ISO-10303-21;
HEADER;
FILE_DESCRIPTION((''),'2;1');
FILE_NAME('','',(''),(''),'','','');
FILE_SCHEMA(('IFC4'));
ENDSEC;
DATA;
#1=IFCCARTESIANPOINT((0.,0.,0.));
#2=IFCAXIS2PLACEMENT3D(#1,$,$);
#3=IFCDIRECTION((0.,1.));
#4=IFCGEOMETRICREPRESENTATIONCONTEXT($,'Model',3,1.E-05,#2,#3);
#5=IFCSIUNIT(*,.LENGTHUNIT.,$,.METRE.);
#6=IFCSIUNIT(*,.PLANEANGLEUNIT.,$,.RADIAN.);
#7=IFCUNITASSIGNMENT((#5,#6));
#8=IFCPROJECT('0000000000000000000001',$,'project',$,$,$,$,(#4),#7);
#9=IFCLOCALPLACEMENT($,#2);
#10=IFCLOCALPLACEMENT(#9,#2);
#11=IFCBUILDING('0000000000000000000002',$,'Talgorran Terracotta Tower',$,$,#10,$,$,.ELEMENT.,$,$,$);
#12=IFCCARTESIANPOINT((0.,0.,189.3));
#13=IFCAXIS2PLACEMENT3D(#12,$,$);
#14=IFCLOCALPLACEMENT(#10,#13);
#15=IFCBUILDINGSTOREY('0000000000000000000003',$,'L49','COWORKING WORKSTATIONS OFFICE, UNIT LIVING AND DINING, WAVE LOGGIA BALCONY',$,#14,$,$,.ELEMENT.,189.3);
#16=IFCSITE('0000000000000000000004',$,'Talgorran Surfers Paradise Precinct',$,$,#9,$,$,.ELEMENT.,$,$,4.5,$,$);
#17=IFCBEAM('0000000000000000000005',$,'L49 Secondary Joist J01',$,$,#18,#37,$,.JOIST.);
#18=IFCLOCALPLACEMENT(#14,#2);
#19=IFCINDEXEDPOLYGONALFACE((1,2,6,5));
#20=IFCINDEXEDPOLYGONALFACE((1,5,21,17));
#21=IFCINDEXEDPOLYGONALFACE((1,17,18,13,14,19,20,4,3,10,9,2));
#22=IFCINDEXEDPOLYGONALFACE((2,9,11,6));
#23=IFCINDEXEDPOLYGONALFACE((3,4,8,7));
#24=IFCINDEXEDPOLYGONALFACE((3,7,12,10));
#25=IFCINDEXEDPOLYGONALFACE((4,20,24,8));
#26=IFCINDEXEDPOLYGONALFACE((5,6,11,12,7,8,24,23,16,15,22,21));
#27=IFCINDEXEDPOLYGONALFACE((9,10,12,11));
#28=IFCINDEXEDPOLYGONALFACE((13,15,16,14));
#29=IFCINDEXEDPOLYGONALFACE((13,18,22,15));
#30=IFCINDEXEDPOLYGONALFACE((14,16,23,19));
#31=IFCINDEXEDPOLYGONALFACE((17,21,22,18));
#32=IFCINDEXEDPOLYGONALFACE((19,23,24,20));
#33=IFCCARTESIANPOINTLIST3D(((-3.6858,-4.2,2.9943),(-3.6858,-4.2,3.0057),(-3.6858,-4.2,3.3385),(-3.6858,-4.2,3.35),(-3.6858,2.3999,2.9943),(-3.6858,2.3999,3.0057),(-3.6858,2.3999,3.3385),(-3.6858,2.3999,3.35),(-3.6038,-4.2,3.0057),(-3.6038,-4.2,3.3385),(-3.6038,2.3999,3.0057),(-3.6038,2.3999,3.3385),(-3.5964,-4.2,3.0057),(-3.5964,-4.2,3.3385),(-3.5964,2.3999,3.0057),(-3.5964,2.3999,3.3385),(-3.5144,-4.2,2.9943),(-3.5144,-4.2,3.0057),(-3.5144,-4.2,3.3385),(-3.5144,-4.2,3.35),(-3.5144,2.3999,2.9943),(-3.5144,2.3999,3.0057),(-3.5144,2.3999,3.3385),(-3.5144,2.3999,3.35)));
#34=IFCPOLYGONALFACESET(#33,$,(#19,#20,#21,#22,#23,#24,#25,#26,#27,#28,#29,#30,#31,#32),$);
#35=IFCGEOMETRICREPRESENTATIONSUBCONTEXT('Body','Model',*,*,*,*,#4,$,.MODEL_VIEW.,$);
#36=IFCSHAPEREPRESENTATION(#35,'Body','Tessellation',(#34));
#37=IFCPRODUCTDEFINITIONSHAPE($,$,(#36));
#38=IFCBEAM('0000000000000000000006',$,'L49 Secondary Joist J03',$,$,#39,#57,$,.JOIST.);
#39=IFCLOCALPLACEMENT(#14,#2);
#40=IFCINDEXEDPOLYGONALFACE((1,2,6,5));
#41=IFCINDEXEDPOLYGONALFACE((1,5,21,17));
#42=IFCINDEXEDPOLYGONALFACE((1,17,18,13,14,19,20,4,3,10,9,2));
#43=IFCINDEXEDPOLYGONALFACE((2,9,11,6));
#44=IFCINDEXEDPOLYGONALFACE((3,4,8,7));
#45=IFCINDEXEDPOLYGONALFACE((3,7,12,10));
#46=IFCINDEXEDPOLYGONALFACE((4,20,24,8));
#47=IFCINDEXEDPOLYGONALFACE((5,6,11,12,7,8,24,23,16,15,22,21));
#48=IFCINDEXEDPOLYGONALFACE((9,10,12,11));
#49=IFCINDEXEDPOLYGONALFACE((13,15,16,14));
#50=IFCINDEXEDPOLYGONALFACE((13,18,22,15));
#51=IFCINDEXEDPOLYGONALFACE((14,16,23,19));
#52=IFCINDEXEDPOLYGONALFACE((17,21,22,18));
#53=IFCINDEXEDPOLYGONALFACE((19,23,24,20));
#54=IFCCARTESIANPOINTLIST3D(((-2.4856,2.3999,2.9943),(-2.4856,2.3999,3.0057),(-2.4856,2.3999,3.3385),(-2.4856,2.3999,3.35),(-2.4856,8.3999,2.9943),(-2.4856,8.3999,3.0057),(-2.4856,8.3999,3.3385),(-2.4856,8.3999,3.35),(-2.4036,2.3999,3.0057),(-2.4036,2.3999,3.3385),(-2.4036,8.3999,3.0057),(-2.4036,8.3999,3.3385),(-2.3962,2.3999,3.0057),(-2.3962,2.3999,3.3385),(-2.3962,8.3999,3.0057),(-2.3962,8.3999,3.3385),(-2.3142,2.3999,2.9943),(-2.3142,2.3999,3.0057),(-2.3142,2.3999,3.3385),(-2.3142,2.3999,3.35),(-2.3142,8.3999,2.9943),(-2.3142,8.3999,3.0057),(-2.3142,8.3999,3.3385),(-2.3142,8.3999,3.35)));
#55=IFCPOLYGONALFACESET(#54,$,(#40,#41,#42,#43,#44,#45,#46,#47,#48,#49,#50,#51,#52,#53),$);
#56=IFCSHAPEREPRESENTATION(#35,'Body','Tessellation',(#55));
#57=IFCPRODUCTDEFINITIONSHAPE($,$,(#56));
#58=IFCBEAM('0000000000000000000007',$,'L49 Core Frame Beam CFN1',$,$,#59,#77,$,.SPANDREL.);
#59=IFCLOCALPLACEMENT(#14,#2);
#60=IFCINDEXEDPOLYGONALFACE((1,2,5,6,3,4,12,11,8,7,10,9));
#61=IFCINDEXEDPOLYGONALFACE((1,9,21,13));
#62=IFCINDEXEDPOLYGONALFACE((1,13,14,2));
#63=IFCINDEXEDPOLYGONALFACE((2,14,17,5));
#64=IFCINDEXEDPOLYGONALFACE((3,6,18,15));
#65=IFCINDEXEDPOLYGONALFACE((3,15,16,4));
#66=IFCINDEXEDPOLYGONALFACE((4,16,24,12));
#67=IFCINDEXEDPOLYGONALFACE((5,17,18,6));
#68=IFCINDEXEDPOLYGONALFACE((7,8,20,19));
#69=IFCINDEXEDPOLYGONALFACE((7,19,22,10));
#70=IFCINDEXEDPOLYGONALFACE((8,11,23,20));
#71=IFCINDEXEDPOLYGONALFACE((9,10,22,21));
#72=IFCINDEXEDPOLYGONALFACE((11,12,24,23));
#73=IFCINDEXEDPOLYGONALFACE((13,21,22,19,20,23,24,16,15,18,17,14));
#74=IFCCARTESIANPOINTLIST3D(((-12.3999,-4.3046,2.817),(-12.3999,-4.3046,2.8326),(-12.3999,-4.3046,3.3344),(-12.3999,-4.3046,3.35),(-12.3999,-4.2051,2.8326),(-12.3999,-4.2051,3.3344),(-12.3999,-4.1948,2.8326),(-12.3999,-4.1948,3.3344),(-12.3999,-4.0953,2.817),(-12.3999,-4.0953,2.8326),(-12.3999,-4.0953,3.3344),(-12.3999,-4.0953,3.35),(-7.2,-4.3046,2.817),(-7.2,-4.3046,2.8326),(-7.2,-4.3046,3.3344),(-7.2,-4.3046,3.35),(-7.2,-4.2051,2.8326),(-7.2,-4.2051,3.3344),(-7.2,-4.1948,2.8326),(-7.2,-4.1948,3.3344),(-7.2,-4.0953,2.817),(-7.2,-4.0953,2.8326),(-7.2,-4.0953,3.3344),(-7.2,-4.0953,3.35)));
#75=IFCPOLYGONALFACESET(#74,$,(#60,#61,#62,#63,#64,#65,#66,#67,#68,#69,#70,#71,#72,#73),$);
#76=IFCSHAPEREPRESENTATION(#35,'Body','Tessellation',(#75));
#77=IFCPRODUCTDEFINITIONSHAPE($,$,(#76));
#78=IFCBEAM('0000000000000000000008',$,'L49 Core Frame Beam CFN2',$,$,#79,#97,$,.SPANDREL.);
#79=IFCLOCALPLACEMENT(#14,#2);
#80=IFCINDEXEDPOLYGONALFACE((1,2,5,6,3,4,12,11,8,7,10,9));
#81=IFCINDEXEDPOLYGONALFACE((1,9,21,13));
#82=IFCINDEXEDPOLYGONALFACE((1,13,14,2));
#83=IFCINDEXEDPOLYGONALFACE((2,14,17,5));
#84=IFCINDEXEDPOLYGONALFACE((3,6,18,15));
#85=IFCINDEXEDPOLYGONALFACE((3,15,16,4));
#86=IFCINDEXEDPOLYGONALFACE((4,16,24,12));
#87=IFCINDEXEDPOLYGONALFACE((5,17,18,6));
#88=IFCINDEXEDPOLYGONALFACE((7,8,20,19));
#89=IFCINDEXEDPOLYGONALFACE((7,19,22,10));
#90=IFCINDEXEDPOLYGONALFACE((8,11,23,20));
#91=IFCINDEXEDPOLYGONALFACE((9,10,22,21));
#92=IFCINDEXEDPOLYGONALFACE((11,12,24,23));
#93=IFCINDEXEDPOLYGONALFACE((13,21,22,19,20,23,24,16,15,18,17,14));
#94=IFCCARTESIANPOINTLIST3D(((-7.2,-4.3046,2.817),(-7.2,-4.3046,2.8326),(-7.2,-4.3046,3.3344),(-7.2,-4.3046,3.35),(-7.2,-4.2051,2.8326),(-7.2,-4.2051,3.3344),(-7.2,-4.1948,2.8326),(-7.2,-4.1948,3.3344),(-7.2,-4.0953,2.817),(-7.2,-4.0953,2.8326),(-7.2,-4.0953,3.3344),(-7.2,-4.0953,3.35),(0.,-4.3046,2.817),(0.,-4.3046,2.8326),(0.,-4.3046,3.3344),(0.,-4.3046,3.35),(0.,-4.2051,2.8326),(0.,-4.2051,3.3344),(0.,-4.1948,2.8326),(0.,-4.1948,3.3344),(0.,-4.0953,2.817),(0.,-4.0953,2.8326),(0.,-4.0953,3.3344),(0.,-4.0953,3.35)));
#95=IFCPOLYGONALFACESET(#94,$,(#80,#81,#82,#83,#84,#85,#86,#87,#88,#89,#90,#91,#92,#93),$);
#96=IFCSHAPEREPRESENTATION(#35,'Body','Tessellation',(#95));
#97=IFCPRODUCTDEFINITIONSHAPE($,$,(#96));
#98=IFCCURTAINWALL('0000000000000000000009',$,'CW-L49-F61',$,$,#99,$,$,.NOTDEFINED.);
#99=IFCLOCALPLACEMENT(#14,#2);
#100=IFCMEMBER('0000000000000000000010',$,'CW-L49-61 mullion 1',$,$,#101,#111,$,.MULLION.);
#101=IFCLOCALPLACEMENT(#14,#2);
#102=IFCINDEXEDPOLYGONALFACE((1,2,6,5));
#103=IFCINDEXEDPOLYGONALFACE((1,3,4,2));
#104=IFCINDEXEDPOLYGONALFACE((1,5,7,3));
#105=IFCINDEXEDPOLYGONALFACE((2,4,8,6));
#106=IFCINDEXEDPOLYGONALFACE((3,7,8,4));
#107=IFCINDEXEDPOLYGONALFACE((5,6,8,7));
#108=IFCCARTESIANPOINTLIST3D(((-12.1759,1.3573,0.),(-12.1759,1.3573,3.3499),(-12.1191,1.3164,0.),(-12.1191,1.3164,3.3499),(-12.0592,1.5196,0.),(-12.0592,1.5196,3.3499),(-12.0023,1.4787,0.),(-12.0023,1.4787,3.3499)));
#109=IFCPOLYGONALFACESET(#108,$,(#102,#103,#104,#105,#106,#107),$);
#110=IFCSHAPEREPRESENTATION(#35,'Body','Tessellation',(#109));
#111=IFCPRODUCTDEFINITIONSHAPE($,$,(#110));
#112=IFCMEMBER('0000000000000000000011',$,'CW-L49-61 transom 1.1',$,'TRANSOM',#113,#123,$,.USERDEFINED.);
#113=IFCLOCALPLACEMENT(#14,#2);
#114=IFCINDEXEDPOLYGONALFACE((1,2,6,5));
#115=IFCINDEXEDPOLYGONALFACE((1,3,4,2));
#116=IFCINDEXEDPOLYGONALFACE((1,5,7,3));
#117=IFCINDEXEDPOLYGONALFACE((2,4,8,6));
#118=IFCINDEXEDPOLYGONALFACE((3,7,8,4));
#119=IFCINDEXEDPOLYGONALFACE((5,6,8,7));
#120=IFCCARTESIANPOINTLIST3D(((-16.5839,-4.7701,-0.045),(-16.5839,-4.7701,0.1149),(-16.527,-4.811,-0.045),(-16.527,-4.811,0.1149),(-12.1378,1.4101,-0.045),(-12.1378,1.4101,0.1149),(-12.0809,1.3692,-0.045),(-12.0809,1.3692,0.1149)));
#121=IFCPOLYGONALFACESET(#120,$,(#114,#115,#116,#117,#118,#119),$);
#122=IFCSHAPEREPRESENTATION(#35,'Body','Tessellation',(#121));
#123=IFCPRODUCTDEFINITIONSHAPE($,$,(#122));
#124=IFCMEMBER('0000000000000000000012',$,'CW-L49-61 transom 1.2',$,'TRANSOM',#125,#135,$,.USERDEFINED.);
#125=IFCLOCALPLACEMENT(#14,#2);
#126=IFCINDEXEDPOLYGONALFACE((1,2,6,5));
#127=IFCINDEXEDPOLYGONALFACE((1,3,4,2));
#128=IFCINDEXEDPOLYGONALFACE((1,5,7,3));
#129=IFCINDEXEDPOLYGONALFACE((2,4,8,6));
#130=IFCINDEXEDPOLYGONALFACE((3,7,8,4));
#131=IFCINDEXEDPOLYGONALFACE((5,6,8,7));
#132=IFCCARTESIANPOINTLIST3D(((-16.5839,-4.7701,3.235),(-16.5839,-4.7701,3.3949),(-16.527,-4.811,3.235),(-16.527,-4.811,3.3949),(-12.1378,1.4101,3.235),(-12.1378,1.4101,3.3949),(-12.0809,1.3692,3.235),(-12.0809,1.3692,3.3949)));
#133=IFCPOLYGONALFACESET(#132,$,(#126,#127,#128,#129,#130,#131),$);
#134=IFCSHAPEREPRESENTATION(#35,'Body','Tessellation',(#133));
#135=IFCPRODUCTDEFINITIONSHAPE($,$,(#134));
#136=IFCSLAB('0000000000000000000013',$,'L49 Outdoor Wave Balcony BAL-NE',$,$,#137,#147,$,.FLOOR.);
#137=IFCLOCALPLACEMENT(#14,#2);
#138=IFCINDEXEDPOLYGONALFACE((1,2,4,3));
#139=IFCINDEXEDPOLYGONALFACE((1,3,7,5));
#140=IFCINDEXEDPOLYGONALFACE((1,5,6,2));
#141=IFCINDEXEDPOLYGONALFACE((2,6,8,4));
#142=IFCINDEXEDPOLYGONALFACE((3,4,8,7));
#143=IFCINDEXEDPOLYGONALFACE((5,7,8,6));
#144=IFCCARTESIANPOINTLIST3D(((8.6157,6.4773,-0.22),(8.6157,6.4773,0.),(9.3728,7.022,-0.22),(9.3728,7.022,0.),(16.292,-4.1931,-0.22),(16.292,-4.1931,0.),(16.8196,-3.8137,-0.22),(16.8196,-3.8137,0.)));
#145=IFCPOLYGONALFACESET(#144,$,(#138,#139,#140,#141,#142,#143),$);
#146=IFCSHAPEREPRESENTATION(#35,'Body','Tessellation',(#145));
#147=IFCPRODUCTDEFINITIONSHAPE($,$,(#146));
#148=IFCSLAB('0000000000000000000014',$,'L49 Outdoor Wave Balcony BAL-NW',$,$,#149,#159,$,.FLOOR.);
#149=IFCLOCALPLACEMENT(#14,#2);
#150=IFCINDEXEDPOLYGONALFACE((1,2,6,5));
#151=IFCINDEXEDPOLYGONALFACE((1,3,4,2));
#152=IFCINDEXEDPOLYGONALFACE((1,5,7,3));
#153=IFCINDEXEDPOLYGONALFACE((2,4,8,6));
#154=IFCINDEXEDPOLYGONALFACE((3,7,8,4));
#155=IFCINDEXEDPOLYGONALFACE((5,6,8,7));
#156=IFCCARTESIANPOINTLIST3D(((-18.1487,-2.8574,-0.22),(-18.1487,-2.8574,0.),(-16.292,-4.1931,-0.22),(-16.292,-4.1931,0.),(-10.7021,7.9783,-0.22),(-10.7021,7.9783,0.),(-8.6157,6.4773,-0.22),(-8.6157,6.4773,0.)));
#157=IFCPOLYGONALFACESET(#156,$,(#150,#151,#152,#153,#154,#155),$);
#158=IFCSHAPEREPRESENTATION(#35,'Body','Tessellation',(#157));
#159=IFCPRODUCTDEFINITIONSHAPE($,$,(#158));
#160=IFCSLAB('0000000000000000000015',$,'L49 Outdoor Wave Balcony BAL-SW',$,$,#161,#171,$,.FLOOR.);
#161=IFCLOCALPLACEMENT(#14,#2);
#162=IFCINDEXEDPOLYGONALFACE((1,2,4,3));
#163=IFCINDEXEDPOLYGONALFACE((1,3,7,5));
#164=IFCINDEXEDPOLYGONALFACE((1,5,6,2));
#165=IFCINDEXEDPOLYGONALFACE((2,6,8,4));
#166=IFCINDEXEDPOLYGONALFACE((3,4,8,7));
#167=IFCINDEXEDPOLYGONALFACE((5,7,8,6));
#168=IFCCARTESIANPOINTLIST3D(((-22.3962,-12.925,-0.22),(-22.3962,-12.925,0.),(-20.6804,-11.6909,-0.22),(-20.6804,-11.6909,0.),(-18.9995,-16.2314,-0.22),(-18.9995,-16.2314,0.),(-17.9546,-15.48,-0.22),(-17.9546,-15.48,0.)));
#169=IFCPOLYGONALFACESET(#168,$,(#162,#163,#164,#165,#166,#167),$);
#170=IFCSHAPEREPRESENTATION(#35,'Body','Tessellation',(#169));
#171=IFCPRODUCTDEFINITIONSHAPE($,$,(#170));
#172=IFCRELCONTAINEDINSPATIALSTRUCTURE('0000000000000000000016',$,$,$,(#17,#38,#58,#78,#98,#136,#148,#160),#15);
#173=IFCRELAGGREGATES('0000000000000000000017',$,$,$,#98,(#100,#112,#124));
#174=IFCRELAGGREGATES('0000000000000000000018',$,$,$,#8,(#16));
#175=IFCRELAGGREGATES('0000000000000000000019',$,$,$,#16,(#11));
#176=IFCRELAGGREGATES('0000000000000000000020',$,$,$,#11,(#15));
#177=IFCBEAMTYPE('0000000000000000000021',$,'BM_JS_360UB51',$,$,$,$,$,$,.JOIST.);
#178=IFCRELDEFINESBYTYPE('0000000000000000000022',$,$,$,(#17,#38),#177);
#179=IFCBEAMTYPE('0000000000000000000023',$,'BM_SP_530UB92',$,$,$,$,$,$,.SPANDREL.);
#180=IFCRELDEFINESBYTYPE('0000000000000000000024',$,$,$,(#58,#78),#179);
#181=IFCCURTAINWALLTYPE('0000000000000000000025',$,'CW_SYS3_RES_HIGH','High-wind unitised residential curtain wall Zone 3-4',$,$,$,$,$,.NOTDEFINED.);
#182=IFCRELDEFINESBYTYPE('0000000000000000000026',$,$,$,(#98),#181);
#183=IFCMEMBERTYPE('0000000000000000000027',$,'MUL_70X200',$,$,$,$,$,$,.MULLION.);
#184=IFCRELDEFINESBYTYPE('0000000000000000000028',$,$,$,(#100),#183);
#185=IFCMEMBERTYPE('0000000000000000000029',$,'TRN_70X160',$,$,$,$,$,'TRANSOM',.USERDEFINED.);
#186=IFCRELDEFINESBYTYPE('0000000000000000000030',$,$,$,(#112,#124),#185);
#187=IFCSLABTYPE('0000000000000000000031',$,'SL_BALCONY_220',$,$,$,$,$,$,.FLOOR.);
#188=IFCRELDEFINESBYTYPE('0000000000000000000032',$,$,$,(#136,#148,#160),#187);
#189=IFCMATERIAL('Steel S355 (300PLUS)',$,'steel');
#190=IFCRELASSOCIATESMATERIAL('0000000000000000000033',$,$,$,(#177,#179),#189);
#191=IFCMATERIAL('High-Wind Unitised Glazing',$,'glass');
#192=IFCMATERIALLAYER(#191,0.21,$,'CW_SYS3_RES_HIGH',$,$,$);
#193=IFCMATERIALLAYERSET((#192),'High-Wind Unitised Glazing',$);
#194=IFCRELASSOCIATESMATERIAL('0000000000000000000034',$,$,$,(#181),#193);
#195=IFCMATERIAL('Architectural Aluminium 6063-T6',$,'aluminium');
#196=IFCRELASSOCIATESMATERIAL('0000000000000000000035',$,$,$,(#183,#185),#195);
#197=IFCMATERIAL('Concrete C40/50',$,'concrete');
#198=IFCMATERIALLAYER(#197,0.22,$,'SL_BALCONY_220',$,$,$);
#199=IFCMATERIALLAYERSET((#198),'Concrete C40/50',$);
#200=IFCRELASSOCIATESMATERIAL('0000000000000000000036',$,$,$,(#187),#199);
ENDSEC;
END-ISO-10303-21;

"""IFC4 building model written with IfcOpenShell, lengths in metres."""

from ifc_helpers import new_model, si_unit, direction, frame, origin, origin_2d, place, context, subcontext, project, spatial, polyline, rectangle, i_section, outline, extrude, material, layer, layer_set, material_profile, profile_set, type_object, element, aggregate, save


model = new_model("IFC4")

# Units and contexts
model_context = context("Model", 3, precision=1e-05, world=origin(), true_north=direction((0.0, 1.0)))
body_context = subcontext(model_context, "Body", "Model", "MODEL_VIEW")
ifc_project = project(units=[si_unit("LENGTHUNIT", "METRE"), si_unit("PLANEANGLEUNIT", "RADIAN")], contexts=[model_context])

# Site, building, storey
site_placement = place(None, origin())
site = spatial("IfcSite", under=ifc_project, at=site_placement, Name="Talgorran Surfers Paradise Precinct", CompositionType="ELEMENT", RefElevation=4.5)
building_placement = place(site_placement, origin())
building = spatial("IfcBuilding", under=site, at=building_placement, Name="Talgorran Terracotta Tower", CompositionType="ELEMENT")
storey_placement = place(building_placement, frame((0.0, 0.0, 189.3)))
storey = spatial("IfcBuildingStorey", under=building, at=storey_placement, Name="L49", Description="COWORKING WORKSTATIONS OFFICE, UNIT LIVING AND DINING, WAVE LOGGIA BALCONY", CompositionType="ELEMENT", Elevation=189.3)

# Shared definitions
ifc_material_1 = material(Name="Steel S355 (300PLUS)", Category="steel")

# Beams
ifc_material_profile_1 = material_profile(ifc_material_1, i_section(OverallWidth=0.1714, OverallDepth=0.3557, WebThickness=0.0073, FlangeThickness=0.0115, at=origin_2d()), Name="360UB50.7")
ifc_profile_set_1 = profile_set([ifc_material_profile_1], Name="Steel S355 (300PLUS)")
beam_type_1 = type_object("IfcBeamType", Name="BM_JS_360UB51", PredefinedType="JOIST", material=ifc_profile_set_1)
beam_1_placement = place(storey_placement, frame((-3.6001, -4.2, 3.1721), z_axis=(0.0, 1.0, 0.0), x_axis=(-1.0, 0.0, 0.0)))
element("IfcBeam", 1, at=beam_1_placement, inside=storey, type_object=beam_type_1, Name="L49 Secondary Joist J01", PredefinedType="JOIST", context=body_context, shape_type="SweptSolid", body=[
    extrude(i_section(OverallWidth=0.1714, OverallDepth=0.3557, WebThickness=0.0073, FlangeThickness=0.0115, at=origin_2d()), origin(), (0.0, 0.0, 1.0), 6.5999),
])
beam_2_placement = place(storey_placement, frame((-2.3999, 2.3999, 3.1721), z_axis=(0.0, 1.0, 0.0), x_axis=(-1.0, 0.0, 0.0)))
element("IfcBeam", 2, at=beam_2_placement, inside=storey, type_object=beam_type_1, Name="L49 Secondary Joist J03", PredefinedType="JOIST", context=body_context, shape_type="SweptSolid", body=[
    extrude(i_section(OverallWidth=0.1714, OverallDepth=0.3557, WebThickness=0.0073, FlangeThickness=0.0115, at=origin_2d()), origin(), (0.0, 0.0, 1.0), 6.0),
])
ifc_material_profile_2 = material_profile(ifc_material_1, i_section(OverallWidth=0.2092, OverallDepth=0.533, WebThickness=0.0103, FlangeThickness=0.0156, at=origin_2d()), Name="530UB92.4")
ifc_profile_set_2 = profile_set([ifc_material_profile_2], Name="Steel S355 (300PLUS)")
beam_type_2 = type_object("IfcBeamType", Name="BM_SP_530UB92", PredefinedType="SPANDREL", material=ifc_profile_set_2)
beam_3_placement = place(storey_placement, frame((-12.3999, -4.2, 3.0835), z_axis=(1.0, 0.0, 0.0), x_axis=(0.0, 1.0, 0.0)))
element("IfcBeam", 3, at=beam_3_placement, inside=storey, type_object=beam_type_2, Name="L49 Core Frame Beam CFN1", PredefinedType="SPANDREL", context=body_context, shape_type="SweptSolid", body=[
    extrude(i_section(OverallWidth=0.2092, OverallDepth=0.533, WebThickness=0.0103, FlangeThickness=0.0156, at=origin_2d()), origin(), (0.0, 0.0, 1.0), 5.2),
])
beam_4_placement = place(storey_placement, frame((-7.2, -4.2, 3.0835), z_axis=(1.0, 0.0, 0.0), x_axis=(0.0, 1.0, 0.0)))
element("IfcBeam", 4, at=beam_4_placement, inside=storey, type_object=beam_type_2, Name="L49 Core Frame Beam CFN2", PredefinedType="SPANDREL", context=body_context, shape_type="SweptSolid", body=[
    extrude(i_section(OverallWidth=0.2092, OverallDepth=0.533, WebThickness=0.0103, FlangeThickness=0.0156, at=origin_2d()), origin(), (0.0, 0.0, 1.0), 7.2),
])

# Curtain wall, members
ifc_material_2 = material(Name="High-Wind Unitised Glazing", Category="glass")
ifc_layer_1 = layer(ifc_material_2, 0.21, Name="CW_SYS3_RES_HIGH")
ifc_layer_set_1 = layer_set([ifc_layer_1], Name="High-Wind Unitised Glazing")
curtain_wall_type = type_object("IfcCurtainWallType", Name="CW_SYS3_RES_HIGH", Description="High-wind unitised residential curtain wall Zone 3-4", PredefinedType="NOTDEFINED", material=ifc_layer_set_1)
curtain_wall_placement = place(storey_placement, origin())
curtain_wall = element("IfcCurtainWall", 5, at=curtain_wall_placement, inside=storey, type_object=curtain_wall_type, Name="CW-L49-F61", PredefinedType="NOTDEFINED")
ifc_material_3 = material(Name="Architectural Aluminium 6063-T6", Category="aluminium")
ifc_material_profile_3 = material_profile(ifc_material_3, rectangle(XDim=0.0701, YDim=0.2, at=origin_2d()), Name="CWM70X200")
ifc_profile_set_3 = profile_set([ifc_material_profile_3], Name="Architectural Aluminium 6063-T6")
member_type_1 = type_object("IfcMemberType", Name="MUL_70X200", PredefinedType="MULLION", material=ifc_profile_set_3)
member_1_placement = place(storey_placement, frame((-12.0891, 1.418, 0.0), z_axis=(0.0, 0.0, 1.0), x_axis=(0.811767, -0.583981, 0.0)))
member_1 = element("IfcMember", 6, at=member_1_placement, type_object=member_type_1, Name="CW-L49-61 mullion 1", PredefinedType="MULLION", context=body_context, shape_type="SweptSolid", body=[
    extrude(rectangle(XDim=0.0701, YDim=0.2, at=origin_2d()), origin(), (0.0, 0.0, 1.0), 3.3499),
])
ifc_material_profile_4 = material_profile(ifc_material_3, rectangle(XDim=0.0701, YDim=0.1599, at=origin_2d()), Name="CWT70X160")
ifc_profile_set_4 = profile_set([ifc_material_profile_4], Name="Architectural Aluminium 6063-T6")
member_type_2 = type_object("IfcMemberType", Name="TRN_70X160", ElementType="TRANSOM", PredefinedType="USERDEFINED", material=ifc_profile_set_4)
member_2_placement = place(storey_placement, frame((-12.1094, 1.3896, 0.0349), z_axis=(-0.583986, -0.811764, 0.0), x_axis=(0.811764, -0.583986, 0.0)))
member_2 = element("IfcMember", 7, at=member_2_placement, type_object=member_type_2, Name="CW-L49-61 transom 1.1", ObjectType="TRANSOM", PredefinedType="USERDEFINED", context=body_context, shape_type="SweptSolid", body=[
    extrude(rectangle(XDim=0.0701, YDim=0.1599, at=origin_2d()), origin(), (0.0, 0.0, 1.0), 7.6133),
])
member_3_placement = place(storey_placement, frame((-12.1094, 1.3896, 3.3149), z_axis=(-0.583986, -0.811764, 0.0), x_axis=(0.811764, -0.583986, 0.0)))
member_3 = element("IfcMember", 8, at=member_3_placement, type_object=member_type_2, Name="CW-L49-61 transom 1.2", ObjectType="TRANSOM", PredefinedType="USERDEFINED", context=body_context, shape_type="SweptSolid", body=[
    extrude(rectangle(XDim=0.0701, YDim=0.1599, at=origin_2d()), origin(), (0.0, 0.0, 1.0), 7.6133),
])
aggregate(curtain_wall, [member_1, member_2, member_3])

# Slabs
ifc_material_4 = material(Name="Concrete C40/50", Category="concrete")
ifc_layer_2 = layer(ifc_material_4, 0.22, Name="SL_BALCONY_220")
ifc_layer_set_2 = layer_set([ifc_layer_2], Name="Concrete C40/50")
slab_type_1 = type_object("IfcSlabType", Name="SL_BALCONY_220", PredefinedType="FLOOR", material=ifc_layer_set_2)
slab_1_placement = place(storey_placement, frame((0.0, 0.0, -0.22)))
element("IfcSlab", 9, at=slab_1_placement, inside=storey, type_object=slab_type_1, Name="L49 Outdoor Wave Balcony BAL-NE", PredefinedType="FLOOR", context=body_context, shape_type="SweptSolid", body=[
    extrude(outline(polyline([(8.6157, 6.4773), (16.292, -4.1931), (16.8196, -3.8137), (9.3728, 7.022), (8.6157, 6.4773)])), origin(), (0.0, 0.0, 1.0), 0.22),
])
slab_2_placement = place(storey_placement, frame((0.0, 0.0, -0.22)))
element("IfcSlab", 10, at=slab_2_placement, inside=storey, type_object=slab_type_1, Name="L49 Outdoor Wave Balcony BAL-NW", PredefinedType="FLOOR", context=body_context, shape_type="SweptSolid", body=[
    extrude(outline(polyline([(-16.292, -4.1931), (-8.6157, 6.4773), (-10.7021, 7.9783), (-18.1487, -2.8574), (-16.292, -4.1931)])), origin(), (0.0, 0.0, 1.0), 0.22),
])
slab_3_placement = place(storey_placement, frame((0.0, 0.0, -0.22)))
element("IfcSlab", 11, at=slab_3_placement, inside=storey, type_object=slab_type_1, Name="L49 Outdoor Wave Balcony BAL-SW", PredefinedType="FLOOR", context=body_context, shape_type="SweptSolid", body=[
    extrude(outline(polyline([(-17.9546, -15.48), (-20.6804, -11.6909), (-22.3962, -12.925), (-18.9995, -16.2314), (-17.9546, -15.48)])), origin(), (0.0, 0.0, 1.0), 0.22),
])

save(model, "model.ifc")
